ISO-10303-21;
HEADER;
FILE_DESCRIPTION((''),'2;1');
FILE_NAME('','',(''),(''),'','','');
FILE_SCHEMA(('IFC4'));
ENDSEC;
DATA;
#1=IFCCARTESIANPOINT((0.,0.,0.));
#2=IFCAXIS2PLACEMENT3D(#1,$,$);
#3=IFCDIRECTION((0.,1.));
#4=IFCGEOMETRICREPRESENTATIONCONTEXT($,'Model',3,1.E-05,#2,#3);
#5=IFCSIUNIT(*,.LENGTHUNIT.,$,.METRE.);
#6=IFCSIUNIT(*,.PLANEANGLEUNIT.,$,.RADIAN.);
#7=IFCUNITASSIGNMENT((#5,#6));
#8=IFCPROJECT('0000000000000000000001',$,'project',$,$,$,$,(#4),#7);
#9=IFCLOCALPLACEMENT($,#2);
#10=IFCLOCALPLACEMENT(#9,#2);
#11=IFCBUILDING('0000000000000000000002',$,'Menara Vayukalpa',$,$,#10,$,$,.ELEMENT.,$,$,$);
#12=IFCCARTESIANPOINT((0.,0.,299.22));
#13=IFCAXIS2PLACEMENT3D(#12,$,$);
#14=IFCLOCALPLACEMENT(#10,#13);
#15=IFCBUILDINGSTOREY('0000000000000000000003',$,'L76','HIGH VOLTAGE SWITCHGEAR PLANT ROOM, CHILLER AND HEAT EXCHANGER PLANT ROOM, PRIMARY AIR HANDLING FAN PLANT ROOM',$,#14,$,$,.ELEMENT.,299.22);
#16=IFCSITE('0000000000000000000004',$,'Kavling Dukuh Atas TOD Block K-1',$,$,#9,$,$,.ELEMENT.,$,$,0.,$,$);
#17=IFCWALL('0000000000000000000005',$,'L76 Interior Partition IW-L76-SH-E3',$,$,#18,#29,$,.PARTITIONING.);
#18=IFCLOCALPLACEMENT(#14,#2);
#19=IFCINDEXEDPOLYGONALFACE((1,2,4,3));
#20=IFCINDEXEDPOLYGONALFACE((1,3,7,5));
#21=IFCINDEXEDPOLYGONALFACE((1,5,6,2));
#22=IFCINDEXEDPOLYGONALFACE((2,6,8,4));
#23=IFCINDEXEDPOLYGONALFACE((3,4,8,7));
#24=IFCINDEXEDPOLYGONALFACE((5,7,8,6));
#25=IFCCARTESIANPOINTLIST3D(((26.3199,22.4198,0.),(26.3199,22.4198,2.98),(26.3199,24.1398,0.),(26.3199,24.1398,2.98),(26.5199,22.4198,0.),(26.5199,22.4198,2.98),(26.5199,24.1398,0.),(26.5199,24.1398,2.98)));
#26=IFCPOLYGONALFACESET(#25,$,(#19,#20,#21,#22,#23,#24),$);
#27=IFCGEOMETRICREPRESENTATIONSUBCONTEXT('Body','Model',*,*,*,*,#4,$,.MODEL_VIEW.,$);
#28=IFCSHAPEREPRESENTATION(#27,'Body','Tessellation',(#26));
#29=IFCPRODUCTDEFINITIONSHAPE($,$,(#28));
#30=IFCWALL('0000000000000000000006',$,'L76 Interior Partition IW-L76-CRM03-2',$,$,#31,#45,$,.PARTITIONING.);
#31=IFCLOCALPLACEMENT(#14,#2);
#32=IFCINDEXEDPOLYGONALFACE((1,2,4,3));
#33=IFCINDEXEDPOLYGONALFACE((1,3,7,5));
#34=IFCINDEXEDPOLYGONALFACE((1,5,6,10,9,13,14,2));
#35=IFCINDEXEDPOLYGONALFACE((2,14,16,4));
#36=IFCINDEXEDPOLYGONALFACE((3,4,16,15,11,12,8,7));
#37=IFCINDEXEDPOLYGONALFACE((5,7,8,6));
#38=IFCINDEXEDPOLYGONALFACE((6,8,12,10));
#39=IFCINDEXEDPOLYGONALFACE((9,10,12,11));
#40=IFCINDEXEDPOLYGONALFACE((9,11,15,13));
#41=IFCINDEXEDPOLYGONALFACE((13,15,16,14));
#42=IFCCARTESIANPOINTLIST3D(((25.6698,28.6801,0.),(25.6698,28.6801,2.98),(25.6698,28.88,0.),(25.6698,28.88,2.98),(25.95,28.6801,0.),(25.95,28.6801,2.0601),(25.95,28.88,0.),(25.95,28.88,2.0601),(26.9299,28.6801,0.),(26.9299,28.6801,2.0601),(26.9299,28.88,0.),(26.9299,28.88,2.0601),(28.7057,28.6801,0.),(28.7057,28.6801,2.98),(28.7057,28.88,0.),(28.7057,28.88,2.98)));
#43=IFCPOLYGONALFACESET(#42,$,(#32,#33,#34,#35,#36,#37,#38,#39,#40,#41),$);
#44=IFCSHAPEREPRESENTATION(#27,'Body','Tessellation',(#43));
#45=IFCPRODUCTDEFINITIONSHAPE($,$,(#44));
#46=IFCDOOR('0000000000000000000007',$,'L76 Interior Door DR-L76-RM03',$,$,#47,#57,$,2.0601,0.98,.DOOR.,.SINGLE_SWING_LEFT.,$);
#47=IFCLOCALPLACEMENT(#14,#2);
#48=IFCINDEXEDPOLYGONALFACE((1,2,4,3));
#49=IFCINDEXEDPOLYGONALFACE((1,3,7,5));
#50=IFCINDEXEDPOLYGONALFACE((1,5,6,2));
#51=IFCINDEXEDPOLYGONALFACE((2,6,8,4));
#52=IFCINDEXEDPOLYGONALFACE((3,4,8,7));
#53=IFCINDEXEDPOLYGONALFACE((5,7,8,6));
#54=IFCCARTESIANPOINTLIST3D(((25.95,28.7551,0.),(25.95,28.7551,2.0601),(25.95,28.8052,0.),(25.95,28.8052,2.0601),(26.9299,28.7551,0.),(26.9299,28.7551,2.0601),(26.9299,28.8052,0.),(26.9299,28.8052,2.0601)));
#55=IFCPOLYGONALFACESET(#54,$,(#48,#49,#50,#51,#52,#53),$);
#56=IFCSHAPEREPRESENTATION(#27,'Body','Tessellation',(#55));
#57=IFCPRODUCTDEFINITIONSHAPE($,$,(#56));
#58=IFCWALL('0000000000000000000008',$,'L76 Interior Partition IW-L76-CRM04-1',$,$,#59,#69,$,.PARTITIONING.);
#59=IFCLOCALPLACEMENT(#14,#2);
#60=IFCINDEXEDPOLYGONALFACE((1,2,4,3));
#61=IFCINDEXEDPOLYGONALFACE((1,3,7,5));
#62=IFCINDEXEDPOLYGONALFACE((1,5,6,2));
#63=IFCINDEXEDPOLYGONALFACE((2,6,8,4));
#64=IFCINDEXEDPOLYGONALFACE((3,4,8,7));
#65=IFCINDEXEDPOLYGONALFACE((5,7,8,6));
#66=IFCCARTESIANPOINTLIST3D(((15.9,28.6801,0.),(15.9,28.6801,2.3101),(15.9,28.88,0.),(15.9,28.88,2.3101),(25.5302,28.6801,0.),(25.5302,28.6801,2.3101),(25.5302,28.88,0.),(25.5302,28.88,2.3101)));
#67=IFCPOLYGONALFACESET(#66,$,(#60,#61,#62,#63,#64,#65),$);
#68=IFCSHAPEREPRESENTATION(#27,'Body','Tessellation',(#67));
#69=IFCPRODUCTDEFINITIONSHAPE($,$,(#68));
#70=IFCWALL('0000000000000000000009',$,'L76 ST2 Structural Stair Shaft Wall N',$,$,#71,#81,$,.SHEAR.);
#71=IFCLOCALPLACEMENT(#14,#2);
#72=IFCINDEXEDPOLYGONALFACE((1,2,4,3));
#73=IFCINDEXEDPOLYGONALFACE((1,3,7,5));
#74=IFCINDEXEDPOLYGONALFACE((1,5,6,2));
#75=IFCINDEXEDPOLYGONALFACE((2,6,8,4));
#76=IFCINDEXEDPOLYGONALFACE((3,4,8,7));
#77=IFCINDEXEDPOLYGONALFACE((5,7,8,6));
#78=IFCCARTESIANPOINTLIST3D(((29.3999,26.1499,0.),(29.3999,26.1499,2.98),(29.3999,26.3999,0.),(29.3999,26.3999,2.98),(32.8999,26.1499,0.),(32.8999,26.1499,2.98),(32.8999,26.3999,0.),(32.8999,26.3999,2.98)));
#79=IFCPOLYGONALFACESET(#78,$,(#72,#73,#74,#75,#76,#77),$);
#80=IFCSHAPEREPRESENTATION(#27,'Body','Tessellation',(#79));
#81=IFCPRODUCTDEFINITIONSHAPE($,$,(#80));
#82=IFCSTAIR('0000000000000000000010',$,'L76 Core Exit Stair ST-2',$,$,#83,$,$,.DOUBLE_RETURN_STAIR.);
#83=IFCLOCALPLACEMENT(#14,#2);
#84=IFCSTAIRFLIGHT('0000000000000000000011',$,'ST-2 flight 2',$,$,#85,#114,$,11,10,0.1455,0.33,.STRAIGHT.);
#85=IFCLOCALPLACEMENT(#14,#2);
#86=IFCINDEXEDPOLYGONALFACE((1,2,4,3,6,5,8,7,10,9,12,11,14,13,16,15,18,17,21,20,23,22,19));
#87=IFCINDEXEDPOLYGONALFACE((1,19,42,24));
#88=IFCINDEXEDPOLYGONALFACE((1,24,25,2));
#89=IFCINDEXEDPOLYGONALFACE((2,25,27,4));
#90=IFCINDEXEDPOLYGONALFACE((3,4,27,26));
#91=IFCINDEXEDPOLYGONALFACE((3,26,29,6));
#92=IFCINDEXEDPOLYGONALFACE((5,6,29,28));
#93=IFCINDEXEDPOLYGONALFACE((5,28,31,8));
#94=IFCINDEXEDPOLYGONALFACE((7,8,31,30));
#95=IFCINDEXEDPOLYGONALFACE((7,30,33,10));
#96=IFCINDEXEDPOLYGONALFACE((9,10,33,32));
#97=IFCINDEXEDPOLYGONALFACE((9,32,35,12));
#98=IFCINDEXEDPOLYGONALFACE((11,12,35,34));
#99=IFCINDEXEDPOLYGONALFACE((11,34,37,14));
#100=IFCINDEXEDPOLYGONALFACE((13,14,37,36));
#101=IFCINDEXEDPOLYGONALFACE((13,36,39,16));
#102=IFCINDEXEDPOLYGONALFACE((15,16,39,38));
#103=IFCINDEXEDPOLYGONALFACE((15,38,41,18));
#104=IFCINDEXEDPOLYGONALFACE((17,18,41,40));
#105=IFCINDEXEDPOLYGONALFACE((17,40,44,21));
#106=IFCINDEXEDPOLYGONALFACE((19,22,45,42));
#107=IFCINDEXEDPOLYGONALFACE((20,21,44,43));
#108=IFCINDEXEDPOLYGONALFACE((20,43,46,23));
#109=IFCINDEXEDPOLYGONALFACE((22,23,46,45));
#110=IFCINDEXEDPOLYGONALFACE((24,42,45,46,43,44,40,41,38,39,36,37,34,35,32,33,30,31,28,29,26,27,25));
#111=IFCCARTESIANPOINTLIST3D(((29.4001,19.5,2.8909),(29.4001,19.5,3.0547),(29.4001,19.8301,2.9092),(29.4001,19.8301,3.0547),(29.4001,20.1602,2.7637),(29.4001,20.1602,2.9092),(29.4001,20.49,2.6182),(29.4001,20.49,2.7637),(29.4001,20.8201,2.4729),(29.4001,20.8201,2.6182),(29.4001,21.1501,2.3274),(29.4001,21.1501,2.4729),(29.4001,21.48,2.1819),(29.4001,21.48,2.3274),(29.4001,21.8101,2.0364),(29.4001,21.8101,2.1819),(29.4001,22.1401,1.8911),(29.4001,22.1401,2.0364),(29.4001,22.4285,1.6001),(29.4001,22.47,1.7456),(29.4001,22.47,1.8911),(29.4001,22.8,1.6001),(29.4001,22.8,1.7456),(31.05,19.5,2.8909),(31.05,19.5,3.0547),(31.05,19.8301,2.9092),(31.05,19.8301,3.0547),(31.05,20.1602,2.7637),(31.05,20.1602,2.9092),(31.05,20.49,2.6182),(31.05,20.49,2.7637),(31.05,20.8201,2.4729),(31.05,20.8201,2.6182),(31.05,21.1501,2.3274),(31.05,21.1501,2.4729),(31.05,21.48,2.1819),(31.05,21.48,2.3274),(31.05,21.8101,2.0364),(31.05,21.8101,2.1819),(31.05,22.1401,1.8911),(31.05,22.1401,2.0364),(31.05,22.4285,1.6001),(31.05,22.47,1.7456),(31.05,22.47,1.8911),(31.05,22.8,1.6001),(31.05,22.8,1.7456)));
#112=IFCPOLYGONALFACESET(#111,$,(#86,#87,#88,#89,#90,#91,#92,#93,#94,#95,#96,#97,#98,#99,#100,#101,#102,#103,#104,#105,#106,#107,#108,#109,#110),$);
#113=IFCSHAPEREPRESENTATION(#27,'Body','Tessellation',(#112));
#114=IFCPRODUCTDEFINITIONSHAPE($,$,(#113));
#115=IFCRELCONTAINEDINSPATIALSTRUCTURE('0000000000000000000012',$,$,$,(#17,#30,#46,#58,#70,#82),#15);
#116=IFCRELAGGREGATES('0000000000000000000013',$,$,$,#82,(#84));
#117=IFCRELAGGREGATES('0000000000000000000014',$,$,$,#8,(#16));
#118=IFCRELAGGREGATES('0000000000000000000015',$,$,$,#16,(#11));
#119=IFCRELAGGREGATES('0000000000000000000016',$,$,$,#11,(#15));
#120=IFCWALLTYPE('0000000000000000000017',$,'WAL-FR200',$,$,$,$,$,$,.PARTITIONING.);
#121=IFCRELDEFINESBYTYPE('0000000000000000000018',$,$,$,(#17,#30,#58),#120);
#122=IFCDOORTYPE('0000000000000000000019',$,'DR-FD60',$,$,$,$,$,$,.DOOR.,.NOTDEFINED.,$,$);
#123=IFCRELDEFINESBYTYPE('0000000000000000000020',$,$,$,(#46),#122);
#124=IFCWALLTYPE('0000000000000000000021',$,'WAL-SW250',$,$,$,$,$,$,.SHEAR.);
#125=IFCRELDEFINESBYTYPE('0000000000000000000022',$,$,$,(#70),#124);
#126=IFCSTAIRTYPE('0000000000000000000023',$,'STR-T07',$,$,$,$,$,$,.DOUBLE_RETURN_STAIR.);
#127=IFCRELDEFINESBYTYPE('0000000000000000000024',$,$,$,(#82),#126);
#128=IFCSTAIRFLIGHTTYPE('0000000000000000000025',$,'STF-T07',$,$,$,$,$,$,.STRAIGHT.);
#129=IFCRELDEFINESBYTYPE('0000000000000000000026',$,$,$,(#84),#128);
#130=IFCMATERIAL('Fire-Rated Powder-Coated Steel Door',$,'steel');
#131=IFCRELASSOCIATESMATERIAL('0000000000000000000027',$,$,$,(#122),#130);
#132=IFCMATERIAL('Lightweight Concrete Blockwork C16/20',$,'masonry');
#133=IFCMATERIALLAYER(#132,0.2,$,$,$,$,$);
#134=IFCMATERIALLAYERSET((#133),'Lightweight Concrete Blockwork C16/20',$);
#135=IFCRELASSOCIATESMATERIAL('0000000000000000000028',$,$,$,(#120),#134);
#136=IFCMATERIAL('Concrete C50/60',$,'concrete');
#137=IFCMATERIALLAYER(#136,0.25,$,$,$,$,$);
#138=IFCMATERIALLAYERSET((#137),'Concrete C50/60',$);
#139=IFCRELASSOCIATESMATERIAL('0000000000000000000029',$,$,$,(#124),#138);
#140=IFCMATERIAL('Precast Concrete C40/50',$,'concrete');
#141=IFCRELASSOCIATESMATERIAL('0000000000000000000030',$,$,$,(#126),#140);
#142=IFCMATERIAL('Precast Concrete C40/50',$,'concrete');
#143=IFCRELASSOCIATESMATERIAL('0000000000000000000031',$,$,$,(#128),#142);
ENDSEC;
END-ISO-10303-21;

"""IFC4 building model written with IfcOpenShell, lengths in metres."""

from ifc_helpers import new_model, si_unit, direction, frame, frame_2d, origin, place, context, subcontext, project, spatial, polyline, rectangle, outline, extrude, material, layer, layer_set, type_object, element, fill, aggregate, save


model = new_model("IFC4")

# Units and contexts
model_context = context("Model", 3, precision=1e-05, world=origin(), true_north=direction((0.0, 1.0)))
body_context = subcontext(model_context, "Body", "Model", "MODEL_VIEW")
ifc_project = project(units=[si_unit("LENGTHUNIT", "METRE"), si_unit("PLANEANGLEUNIT", "RADIAN")], contexts=[model_context])

# Site, building, storey
site_placement = place(None, origin())
site = spatial("IfcSite", under=ifc_project, at=site_placement, Name="Kavling Dukuh Atas TOD Block K-1", CompositionType="ELEMENT", RefElevation=0.0)
building_placement = place(site_placement, origin())
building = spatial("IfcBuilding", under=site, at=building_placement, Name="Menara Vayukalpa", CompositionType="ELEMENT")
storey_placement = place(building_placement, frame((0.0, 0.0, 299.22)))
storey = spatial("IfcBuildingStorey", under=building, at=storey_placement, Name="L76", Description="HIGH VOLTAGE SWITCHGEAR PLANT ROOM, CHILLER AND HEAT EXCHANGER PLANT ROOM, PRIMARY AIR HANDLING FAN PLANT ROOM", CompositionType="ELEMENT", Elevation=299.22)

# Shared definitions
ifc_material_1 = material(Name="Fire-Rated Powder-Coated Steel Door", Category="steel")
door_type = type_object("IfcDoorType", Name="DR-FD60", OperationType="NOTDEFINED", PredefinedType="DOOR", material=ifc_material_1)

# Wall
ifc_material_2 = material(Name="Lightweight Concrete Blockwork C16/20", Category="masonry")
ifc_layer_1 = layer(ifc_material_2, 0.2)
ifc_layer_set_1 = layer_set([ifc_layer_1], Name="Lightweight Concrete Blockwork C16/20")
wall_type_1 = type_object("IfcWallType", Name="WAL-FR200", PredefinedType="PARTITIONING", material=ifc_layer_set_1)
wall_1_placement = place(storey_placement, frame((26.4199, 22.4199, 0.0), z_axis=(0.0, 0.0, 1.0), x_axis=(0.0, 1.0, 0.0)))
element("IfcWall", 1, at=wall_1_placement, inside=storey, type_object=wall_type_1, Name="L76 Interior Partition IW-L76-SH-E3", PredefinedType="PARTITIONING", context=body_context, shape_type="SweptSolid", body=[
    extrude(rectangle(XDim=1.72, YDim=0.2, at=frame_2d((0.8599, 0.0))), origin(), (0.0, 0.0, 1.0), 2.98),
])

# Wall, opening, door
wall_2_placement = place(storey_placement, frame((28.7058, 28.78, 0.0), z_axis=(0.0, 0.0, 1.0), x_axis=(-1.0, 0.0, 0.0)))
wall_2 = element("IfcWall", 2, at=wall_2_placement, inside=storey, type_object=wall_type_1, Name="L76 Interior Partition IW-L76-CRM03-2", PredefinedType="PARTITIONING", context=body_context, shape_type="SweptSolid", body=[
    extrude(rectangle(XDim=3.0359, YDim=0.2, at=frame_2d((1.5181, 0.0))), origin(), (0.0, 0.0, 1.0), 2.98),
])
opening_1_placement = place(wall_2_placement, frame((1.7759, 0.0, 0.0)))
opening_1 = element("IfcOpeningElement", 3, at=opening_1_placement, cuts=wall_2, PredefinedType="OPENING", context=body_context, shape_type="SweptSolid", body=[
    extrude(rectangle(XDim=0.98, YDim=2.0601, at=frame_2d((0.49, 1.03))), frame((0.0, 0.1099, 0.0), z_axis=(0.0, -1.0, 0.0), x_axis=(1.0, 0.0, 0.0)), (0.0, 0.0, 1.0), 0.22),
])
door_1_placement = place(opening_1_placement, origin())
door_1 = element("IfcDoor", 4, at=door_1_placement, inside=storey, type_object=door_type, Name="L76 Interior Door DR-L76-RM03", OperationType="SINGLE_SWING_LEFT", OverallHeight=2.0601, OverallWidth=0.98, PredefinedType="DOOR", context=body_context, shape_type="SweptSolid", body=[
    extrude(rectangle(XDim=0.98, YDim=2.0601, at=frame_2d((0.49, 1.03))), frame((0.0, 0.0249, 0.0), z_axis=(0.0, -1.0, 0.0), x_axis=(1.0, 0.0, 0.0)), (0.0, 0.0, 1.0), 0.05),
])
fill(opening_1, door_1)

# Walls
wall_3_placement = place(storey_placement, frame((25.53, 28.78, 0.0), z_axis=(0.0, 0.0, 1.0), x_axis=(-1.0, 0.0, 0.0)))
element("IfcWall", 5, at=wall_3_placement, inside=storey, type_object=wall_type_1, Name="L76 Interior Partition IW-L76-CRM04-1", PredefinedType="PARTITIONING", context=body_context, shape_type="SweptSolid", body=[
    extrude(rectangle(XDim=9.6301, YDim=0.2, at=frame_2d((4.8149, 0.0))), origin(), (0.0, 0.0, 1.0), 2.3101),
])
ifc_material_3 = material(Name="Concrete C50/60", Category="concrete")
ifc_layer_2 = layer(ifc_material_3, 0.25)
ifc_layer_set_2 = layer_set([ifc_layer_2], Name="Concrete C50/60")
wall_type_2 = type_object("IfcWallType", Name="WAL-SW250", PredefinedType="SHEAR", material=ifc_layer_set_2)
wall_4_placement = place(storey_placement, frame((29.3999, 26.2749, 0.0), z_axis=(0.0, 0.0, 1.0), x_axis=(1.0, 0.0, 0.0)))
element("IfcWall", 6, at=wall_4_placement, inside=storey, type_object=wall_type_2, Name="L76 ST2 Structural Stair Shaft Wall N", PredefinedType="SHEAR", context=body_context, shape_type="SweptSolid", body=[
    extrude(rectangle(XDim=3.5, YDim=0.25, at=frame_2d((1.75, 0.0))), origin(), (0.0, 0.0, 1.0), 2.98),
])

# Stair, stair flight
ifc_material_4 = material(Name="Precast Concrete C40/50", Category="concrete")
stair_type = type_object("IfcStairType", Name="STR-T07", PredefinedType="DOUBLE_RETURN_STAIR", material=ifc_material_4)
stair_placement = place(storey_placement, origin())
stair = element("IfcStair", 7, at=stair_placement, inside=storey, type_object=stair_type, Name="L76 Core Exit Stair ST-2", PredefinedType="DOUBLE_RETURN_STAIR")
ifc_material_5 = material(Name="Precast Concrete C40/50", Category="concrete")
stair_flight_type = type_object("IfcStairFlightType", Name="STF-T07", PredefinedType="STRAIGHT", material=ifc_material_5)
stair_flight_placement = place(storey_placement, frame((30.2251, 22.8, 1.6001), z_axis=(0.0, 0.0, 1.0), x_axis=(0.0, -1.0, 0.0)))
stair_flight = element("IfcStairFlight", 8, at=stair_flight_placement, type_object=stair_flight_type, Name="ST-2 flight 2", NumberOfRisers=11, NumberOfTreads=10, PredefinedType="STRAIGHT", RiserHeight=0.1455, TreadLength=0.33, context=body_context, shape_type="SweptSolid", body=[
    extrude(outline(polyline([(0.0, 0.0), (0.0, 0.1455), (0.3301, 0.1455), (0.3301, 0.291), (0.6599, 0.291), (0.6599, 0.4363), (0.99, 0.4363), (0.99, 0.5818), (1.3201, 0.5818), (1.3201, 0.7273), (1.6499, 0.7273), (1.6499, 0.8728), (1.98, 0.8728), (1.98, 1.0181), (2.3101, 1.0181), (2.3101, 1.1636), (2.6399, 1.1636), (2.6399, 1.3091), (2.97, 1.3091), (2.97, 1.4546), (3.3, 1.4546), (3.3, 1.6001), (3.3, 1.2908), (0.3716, 0.0), (0.0, 0.0)])), frame((0.0, 0.825, 0.0), z_axis=(0.0, -1.0, 0.0), x_axis=(1.0, 0.0, 0.0)), (0.0, 0.0, 1.0), 1.6499),
])
aggregate(stair, [stair_flight])

save(model, "model.ifc")
